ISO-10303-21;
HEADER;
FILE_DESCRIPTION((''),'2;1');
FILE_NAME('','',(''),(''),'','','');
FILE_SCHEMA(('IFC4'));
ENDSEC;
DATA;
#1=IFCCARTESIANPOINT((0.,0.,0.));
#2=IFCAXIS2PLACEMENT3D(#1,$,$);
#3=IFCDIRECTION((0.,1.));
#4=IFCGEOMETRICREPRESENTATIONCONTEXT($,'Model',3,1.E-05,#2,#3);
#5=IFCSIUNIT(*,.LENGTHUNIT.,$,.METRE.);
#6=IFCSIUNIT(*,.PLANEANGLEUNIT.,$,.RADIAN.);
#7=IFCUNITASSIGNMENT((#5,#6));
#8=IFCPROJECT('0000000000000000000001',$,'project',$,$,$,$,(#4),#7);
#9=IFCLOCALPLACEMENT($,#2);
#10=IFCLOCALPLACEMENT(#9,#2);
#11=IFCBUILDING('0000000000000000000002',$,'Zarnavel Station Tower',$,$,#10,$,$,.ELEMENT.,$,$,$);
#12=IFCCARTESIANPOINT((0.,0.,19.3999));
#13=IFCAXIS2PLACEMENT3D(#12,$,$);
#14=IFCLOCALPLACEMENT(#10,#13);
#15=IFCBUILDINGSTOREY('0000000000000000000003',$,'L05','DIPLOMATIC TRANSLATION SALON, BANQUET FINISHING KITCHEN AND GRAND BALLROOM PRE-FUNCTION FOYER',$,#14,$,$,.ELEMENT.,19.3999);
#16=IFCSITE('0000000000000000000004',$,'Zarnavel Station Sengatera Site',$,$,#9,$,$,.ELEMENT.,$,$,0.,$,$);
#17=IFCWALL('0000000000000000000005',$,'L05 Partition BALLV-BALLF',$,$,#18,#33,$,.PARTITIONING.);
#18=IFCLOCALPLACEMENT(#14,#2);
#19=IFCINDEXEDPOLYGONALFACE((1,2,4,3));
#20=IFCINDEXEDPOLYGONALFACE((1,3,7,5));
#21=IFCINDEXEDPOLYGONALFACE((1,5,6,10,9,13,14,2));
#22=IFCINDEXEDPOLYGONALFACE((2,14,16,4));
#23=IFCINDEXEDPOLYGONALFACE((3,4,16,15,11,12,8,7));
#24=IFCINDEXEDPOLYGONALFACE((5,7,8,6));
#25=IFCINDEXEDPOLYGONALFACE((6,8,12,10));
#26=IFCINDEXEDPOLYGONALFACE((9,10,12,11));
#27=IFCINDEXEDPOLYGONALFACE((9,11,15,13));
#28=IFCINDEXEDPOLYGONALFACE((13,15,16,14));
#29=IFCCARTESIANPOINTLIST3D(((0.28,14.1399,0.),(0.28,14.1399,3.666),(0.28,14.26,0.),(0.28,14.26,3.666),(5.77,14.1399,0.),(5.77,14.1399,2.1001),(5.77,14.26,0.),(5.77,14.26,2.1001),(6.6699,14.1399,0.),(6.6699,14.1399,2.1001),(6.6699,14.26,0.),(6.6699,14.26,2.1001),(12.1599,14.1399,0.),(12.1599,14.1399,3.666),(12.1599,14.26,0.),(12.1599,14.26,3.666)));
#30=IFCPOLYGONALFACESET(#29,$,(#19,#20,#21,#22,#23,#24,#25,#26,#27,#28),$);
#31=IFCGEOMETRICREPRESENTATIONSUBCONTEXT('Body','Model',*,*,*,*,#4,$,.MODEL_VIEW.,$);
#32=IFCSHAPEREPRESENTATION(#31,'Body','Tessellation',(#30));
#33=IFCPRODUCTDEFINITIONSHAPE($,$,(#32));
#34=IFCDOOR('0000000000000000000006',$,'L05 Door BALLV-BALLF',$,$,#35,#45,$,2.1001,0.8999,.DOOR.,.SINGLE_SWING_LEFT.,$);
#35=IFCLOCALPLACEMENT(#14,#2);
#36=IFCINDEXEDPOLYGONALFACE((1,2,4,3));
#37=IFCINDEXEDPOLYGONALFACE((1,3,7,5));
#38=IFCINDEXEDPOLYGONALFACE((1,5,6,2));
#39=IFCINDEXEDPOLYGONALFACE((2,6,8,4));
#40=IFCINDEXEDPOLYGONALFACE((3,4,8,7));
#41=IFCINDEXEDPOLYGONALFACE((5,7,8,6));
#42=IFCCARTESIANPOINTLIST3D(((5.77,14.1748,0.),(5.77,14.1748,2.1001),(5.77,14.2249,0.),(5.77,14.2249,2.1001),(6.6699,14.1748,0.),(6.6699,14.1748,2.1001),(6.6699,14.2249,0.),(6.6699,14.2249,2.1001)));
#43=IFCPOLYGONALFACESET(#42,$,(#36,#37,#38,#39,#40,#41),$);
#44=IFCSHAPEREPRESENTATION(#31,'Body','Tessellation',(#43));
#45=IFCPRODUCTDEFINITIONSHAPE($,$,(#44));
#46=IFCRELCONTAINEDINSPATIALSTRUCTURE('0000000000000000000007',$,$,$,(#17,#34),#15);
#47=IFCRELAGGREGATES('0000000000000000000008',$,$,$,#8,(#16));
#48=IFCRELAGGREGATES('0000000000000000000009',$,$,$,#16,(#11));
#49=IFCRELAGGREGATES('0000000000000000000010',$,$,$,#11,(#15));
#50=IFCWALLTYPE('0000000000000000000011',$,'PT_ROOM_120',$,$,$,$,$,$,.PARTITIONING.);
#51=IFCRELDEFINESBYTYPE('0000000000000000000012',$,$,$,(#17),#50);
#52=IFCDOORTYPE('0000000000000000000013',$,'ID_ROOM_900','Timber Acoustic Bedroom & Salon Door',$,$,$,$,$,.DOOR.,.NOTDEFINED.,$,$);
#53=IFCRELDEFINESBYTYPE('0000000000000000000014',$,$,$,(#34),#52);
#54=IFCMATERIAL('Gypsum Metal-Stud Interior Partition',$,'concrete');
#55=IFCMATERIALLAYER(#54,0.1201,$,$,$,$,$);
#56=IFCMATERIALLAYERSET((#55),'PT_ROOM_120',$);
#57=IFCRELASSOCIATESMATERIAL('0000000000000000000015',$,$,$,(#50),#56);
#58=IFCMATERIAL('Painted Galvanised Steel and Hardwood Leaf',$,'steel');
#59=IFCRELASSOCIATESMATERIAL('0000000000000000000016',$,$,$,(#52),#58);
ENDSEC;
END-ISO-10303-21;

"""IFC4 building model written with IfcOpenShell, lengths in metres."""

from ifc_helpers import new_model, si_unit, direction, frame, frame_2d, origin, place, context, subcontext, project, spatial, rectangle, extrude, material, layer, layer_set, type_object, element, fill, save


model = new_model("IFC4")

# Units and contexts
model_context = context("Model", 3, precision=1e-05, world=origin(), true_north=direction((0.0, 1.0)))
body_context = subcontext(model_context, "Body", "Model", "MODEL_VIEW")
ifc_project = project(units=[si_unit("LENGTHUNIT", "METRE"), si_unit("PLANEANGLEUNIT", "RADIAN")], contexts=[model_context])

# Site, building, storey
site_placement = place(None, origin())
site = spatial("IfcSite", under=ifc_project, at=site_placement, Name="Zarnavel Station Sengatera Site", CompositionType="ELEMENT", RefElevation=0.0)
building_placement = place(site_placement, origin())
building = spatial("IfcBuilding", under=site, at=building_placement, Name="Zarnavel Station Tower", CompositionType="ELEMENT")
storey_placement = place(building_placement, frame((0.0, 0.0, 19.3999)))
storey = spatial("IfcBuildingStorey", under=building, at=storey_placement, Name="L05", Description="DIPLOMATIC TRANSLATION SALON, BANQUET FINISHING KITCHEN AND GRAND BALLROOM PRE-FUNCTION FOYER", CompositionType="ELEMENT", Elevation=19.3999)

# Wall, opening, door
ifc_material_1 = material(Name="Gypsum Metal-Stud Interior Partition", Category="concrete")
ifc_layer_1 = layer(ifc_material_1, 0.1201)
ifc_layer_set_1 = layer_set([ifc_layer_1], Name="PT_ROOM_120")
wall_type_1 = type_object("IfcWallType", Name="PT_ROOM_120", PredefinedType="PARTITIONING", material=ifc_layer_set_1)
wall_1_placement = place(storey_placement, frame((0.28, 14.2, 0.0), z_axis=(0.0, 0.0, 1.0), x_axis=(1.0, 0.0, 0.0)))
wall_1 = element("IfcWall", 1, at=wall_1_placement, inside=storey, type_object=wall_type_1, Name="L05 Partition BALLV-BALLF", PredefinedType="PARTITIONING", context=body_context, shape_type="SweptSolid", body=[
    extrude(rectangle(XDim=11.8799, YDim=0.1201, at=frame_2d((5.9399, 0.0))), origin(), (0.0, 0.0, 1.0), 3.666),
])
opening_1_placement = place(wall_1_placement, frame((5.49, 0.0, 0.0)))
opening_1 = element("IfcOpeningElement", 2, at=opening_1_placement, cuts=wall_1, PredefinedType="OPENING", context=body_context, shape_type="SweptSolid", body=[
    extrude(rectangle(XDim=0.8999, YDim=2.1001, at=frame_2d((0.45, 1.05))), frame((0.0, 0.0701, 0.0), z_axis=(0.0, -1.0, 0.0), x_axis=(1.0, 0.0, 0.0)), (0.0, 0.0, 1.0), 0.1401),
])
ifc_material_2 = material(Name="Painted Galvanised Steel and Hardwood Leaf", Category="steel")
door_type = type_object("IfcDoorType", Name="ID_ROOM_900", Description="Timber Acoustic Bedroom & Salon Door", OperationType="NOTDEFINED", PredefinedType="DOOR", material=ifc_material_2)
door_placement = place(opening_1_placement, origin())
door = element("IfcDoor", 3, at=door_placement, inside=storey, type_object=door_type, Name="L05 Door BALLV-BALLF", OperationType="SINGLE_SWING_LEFT", OverallHeight=2.1001, OverallWidth=0.8999, PredefinedType="DOOR", context=body_context, shape_type="SweptSolid", body=[
    extrude(rectangle(XDim=0.8999, YDim=2.1001, at=frame_2d((0.45, 1.05))), frame((0.0, 0.0249, 0.0), z_axis=(0.0, -1.0, 0.0), x_axis=(1.0, 0.0, 0.0)), (0.0, 0.0, 1.0), 0.05),
])
fill(opening_1, door)

save(model, "model.ifc")
